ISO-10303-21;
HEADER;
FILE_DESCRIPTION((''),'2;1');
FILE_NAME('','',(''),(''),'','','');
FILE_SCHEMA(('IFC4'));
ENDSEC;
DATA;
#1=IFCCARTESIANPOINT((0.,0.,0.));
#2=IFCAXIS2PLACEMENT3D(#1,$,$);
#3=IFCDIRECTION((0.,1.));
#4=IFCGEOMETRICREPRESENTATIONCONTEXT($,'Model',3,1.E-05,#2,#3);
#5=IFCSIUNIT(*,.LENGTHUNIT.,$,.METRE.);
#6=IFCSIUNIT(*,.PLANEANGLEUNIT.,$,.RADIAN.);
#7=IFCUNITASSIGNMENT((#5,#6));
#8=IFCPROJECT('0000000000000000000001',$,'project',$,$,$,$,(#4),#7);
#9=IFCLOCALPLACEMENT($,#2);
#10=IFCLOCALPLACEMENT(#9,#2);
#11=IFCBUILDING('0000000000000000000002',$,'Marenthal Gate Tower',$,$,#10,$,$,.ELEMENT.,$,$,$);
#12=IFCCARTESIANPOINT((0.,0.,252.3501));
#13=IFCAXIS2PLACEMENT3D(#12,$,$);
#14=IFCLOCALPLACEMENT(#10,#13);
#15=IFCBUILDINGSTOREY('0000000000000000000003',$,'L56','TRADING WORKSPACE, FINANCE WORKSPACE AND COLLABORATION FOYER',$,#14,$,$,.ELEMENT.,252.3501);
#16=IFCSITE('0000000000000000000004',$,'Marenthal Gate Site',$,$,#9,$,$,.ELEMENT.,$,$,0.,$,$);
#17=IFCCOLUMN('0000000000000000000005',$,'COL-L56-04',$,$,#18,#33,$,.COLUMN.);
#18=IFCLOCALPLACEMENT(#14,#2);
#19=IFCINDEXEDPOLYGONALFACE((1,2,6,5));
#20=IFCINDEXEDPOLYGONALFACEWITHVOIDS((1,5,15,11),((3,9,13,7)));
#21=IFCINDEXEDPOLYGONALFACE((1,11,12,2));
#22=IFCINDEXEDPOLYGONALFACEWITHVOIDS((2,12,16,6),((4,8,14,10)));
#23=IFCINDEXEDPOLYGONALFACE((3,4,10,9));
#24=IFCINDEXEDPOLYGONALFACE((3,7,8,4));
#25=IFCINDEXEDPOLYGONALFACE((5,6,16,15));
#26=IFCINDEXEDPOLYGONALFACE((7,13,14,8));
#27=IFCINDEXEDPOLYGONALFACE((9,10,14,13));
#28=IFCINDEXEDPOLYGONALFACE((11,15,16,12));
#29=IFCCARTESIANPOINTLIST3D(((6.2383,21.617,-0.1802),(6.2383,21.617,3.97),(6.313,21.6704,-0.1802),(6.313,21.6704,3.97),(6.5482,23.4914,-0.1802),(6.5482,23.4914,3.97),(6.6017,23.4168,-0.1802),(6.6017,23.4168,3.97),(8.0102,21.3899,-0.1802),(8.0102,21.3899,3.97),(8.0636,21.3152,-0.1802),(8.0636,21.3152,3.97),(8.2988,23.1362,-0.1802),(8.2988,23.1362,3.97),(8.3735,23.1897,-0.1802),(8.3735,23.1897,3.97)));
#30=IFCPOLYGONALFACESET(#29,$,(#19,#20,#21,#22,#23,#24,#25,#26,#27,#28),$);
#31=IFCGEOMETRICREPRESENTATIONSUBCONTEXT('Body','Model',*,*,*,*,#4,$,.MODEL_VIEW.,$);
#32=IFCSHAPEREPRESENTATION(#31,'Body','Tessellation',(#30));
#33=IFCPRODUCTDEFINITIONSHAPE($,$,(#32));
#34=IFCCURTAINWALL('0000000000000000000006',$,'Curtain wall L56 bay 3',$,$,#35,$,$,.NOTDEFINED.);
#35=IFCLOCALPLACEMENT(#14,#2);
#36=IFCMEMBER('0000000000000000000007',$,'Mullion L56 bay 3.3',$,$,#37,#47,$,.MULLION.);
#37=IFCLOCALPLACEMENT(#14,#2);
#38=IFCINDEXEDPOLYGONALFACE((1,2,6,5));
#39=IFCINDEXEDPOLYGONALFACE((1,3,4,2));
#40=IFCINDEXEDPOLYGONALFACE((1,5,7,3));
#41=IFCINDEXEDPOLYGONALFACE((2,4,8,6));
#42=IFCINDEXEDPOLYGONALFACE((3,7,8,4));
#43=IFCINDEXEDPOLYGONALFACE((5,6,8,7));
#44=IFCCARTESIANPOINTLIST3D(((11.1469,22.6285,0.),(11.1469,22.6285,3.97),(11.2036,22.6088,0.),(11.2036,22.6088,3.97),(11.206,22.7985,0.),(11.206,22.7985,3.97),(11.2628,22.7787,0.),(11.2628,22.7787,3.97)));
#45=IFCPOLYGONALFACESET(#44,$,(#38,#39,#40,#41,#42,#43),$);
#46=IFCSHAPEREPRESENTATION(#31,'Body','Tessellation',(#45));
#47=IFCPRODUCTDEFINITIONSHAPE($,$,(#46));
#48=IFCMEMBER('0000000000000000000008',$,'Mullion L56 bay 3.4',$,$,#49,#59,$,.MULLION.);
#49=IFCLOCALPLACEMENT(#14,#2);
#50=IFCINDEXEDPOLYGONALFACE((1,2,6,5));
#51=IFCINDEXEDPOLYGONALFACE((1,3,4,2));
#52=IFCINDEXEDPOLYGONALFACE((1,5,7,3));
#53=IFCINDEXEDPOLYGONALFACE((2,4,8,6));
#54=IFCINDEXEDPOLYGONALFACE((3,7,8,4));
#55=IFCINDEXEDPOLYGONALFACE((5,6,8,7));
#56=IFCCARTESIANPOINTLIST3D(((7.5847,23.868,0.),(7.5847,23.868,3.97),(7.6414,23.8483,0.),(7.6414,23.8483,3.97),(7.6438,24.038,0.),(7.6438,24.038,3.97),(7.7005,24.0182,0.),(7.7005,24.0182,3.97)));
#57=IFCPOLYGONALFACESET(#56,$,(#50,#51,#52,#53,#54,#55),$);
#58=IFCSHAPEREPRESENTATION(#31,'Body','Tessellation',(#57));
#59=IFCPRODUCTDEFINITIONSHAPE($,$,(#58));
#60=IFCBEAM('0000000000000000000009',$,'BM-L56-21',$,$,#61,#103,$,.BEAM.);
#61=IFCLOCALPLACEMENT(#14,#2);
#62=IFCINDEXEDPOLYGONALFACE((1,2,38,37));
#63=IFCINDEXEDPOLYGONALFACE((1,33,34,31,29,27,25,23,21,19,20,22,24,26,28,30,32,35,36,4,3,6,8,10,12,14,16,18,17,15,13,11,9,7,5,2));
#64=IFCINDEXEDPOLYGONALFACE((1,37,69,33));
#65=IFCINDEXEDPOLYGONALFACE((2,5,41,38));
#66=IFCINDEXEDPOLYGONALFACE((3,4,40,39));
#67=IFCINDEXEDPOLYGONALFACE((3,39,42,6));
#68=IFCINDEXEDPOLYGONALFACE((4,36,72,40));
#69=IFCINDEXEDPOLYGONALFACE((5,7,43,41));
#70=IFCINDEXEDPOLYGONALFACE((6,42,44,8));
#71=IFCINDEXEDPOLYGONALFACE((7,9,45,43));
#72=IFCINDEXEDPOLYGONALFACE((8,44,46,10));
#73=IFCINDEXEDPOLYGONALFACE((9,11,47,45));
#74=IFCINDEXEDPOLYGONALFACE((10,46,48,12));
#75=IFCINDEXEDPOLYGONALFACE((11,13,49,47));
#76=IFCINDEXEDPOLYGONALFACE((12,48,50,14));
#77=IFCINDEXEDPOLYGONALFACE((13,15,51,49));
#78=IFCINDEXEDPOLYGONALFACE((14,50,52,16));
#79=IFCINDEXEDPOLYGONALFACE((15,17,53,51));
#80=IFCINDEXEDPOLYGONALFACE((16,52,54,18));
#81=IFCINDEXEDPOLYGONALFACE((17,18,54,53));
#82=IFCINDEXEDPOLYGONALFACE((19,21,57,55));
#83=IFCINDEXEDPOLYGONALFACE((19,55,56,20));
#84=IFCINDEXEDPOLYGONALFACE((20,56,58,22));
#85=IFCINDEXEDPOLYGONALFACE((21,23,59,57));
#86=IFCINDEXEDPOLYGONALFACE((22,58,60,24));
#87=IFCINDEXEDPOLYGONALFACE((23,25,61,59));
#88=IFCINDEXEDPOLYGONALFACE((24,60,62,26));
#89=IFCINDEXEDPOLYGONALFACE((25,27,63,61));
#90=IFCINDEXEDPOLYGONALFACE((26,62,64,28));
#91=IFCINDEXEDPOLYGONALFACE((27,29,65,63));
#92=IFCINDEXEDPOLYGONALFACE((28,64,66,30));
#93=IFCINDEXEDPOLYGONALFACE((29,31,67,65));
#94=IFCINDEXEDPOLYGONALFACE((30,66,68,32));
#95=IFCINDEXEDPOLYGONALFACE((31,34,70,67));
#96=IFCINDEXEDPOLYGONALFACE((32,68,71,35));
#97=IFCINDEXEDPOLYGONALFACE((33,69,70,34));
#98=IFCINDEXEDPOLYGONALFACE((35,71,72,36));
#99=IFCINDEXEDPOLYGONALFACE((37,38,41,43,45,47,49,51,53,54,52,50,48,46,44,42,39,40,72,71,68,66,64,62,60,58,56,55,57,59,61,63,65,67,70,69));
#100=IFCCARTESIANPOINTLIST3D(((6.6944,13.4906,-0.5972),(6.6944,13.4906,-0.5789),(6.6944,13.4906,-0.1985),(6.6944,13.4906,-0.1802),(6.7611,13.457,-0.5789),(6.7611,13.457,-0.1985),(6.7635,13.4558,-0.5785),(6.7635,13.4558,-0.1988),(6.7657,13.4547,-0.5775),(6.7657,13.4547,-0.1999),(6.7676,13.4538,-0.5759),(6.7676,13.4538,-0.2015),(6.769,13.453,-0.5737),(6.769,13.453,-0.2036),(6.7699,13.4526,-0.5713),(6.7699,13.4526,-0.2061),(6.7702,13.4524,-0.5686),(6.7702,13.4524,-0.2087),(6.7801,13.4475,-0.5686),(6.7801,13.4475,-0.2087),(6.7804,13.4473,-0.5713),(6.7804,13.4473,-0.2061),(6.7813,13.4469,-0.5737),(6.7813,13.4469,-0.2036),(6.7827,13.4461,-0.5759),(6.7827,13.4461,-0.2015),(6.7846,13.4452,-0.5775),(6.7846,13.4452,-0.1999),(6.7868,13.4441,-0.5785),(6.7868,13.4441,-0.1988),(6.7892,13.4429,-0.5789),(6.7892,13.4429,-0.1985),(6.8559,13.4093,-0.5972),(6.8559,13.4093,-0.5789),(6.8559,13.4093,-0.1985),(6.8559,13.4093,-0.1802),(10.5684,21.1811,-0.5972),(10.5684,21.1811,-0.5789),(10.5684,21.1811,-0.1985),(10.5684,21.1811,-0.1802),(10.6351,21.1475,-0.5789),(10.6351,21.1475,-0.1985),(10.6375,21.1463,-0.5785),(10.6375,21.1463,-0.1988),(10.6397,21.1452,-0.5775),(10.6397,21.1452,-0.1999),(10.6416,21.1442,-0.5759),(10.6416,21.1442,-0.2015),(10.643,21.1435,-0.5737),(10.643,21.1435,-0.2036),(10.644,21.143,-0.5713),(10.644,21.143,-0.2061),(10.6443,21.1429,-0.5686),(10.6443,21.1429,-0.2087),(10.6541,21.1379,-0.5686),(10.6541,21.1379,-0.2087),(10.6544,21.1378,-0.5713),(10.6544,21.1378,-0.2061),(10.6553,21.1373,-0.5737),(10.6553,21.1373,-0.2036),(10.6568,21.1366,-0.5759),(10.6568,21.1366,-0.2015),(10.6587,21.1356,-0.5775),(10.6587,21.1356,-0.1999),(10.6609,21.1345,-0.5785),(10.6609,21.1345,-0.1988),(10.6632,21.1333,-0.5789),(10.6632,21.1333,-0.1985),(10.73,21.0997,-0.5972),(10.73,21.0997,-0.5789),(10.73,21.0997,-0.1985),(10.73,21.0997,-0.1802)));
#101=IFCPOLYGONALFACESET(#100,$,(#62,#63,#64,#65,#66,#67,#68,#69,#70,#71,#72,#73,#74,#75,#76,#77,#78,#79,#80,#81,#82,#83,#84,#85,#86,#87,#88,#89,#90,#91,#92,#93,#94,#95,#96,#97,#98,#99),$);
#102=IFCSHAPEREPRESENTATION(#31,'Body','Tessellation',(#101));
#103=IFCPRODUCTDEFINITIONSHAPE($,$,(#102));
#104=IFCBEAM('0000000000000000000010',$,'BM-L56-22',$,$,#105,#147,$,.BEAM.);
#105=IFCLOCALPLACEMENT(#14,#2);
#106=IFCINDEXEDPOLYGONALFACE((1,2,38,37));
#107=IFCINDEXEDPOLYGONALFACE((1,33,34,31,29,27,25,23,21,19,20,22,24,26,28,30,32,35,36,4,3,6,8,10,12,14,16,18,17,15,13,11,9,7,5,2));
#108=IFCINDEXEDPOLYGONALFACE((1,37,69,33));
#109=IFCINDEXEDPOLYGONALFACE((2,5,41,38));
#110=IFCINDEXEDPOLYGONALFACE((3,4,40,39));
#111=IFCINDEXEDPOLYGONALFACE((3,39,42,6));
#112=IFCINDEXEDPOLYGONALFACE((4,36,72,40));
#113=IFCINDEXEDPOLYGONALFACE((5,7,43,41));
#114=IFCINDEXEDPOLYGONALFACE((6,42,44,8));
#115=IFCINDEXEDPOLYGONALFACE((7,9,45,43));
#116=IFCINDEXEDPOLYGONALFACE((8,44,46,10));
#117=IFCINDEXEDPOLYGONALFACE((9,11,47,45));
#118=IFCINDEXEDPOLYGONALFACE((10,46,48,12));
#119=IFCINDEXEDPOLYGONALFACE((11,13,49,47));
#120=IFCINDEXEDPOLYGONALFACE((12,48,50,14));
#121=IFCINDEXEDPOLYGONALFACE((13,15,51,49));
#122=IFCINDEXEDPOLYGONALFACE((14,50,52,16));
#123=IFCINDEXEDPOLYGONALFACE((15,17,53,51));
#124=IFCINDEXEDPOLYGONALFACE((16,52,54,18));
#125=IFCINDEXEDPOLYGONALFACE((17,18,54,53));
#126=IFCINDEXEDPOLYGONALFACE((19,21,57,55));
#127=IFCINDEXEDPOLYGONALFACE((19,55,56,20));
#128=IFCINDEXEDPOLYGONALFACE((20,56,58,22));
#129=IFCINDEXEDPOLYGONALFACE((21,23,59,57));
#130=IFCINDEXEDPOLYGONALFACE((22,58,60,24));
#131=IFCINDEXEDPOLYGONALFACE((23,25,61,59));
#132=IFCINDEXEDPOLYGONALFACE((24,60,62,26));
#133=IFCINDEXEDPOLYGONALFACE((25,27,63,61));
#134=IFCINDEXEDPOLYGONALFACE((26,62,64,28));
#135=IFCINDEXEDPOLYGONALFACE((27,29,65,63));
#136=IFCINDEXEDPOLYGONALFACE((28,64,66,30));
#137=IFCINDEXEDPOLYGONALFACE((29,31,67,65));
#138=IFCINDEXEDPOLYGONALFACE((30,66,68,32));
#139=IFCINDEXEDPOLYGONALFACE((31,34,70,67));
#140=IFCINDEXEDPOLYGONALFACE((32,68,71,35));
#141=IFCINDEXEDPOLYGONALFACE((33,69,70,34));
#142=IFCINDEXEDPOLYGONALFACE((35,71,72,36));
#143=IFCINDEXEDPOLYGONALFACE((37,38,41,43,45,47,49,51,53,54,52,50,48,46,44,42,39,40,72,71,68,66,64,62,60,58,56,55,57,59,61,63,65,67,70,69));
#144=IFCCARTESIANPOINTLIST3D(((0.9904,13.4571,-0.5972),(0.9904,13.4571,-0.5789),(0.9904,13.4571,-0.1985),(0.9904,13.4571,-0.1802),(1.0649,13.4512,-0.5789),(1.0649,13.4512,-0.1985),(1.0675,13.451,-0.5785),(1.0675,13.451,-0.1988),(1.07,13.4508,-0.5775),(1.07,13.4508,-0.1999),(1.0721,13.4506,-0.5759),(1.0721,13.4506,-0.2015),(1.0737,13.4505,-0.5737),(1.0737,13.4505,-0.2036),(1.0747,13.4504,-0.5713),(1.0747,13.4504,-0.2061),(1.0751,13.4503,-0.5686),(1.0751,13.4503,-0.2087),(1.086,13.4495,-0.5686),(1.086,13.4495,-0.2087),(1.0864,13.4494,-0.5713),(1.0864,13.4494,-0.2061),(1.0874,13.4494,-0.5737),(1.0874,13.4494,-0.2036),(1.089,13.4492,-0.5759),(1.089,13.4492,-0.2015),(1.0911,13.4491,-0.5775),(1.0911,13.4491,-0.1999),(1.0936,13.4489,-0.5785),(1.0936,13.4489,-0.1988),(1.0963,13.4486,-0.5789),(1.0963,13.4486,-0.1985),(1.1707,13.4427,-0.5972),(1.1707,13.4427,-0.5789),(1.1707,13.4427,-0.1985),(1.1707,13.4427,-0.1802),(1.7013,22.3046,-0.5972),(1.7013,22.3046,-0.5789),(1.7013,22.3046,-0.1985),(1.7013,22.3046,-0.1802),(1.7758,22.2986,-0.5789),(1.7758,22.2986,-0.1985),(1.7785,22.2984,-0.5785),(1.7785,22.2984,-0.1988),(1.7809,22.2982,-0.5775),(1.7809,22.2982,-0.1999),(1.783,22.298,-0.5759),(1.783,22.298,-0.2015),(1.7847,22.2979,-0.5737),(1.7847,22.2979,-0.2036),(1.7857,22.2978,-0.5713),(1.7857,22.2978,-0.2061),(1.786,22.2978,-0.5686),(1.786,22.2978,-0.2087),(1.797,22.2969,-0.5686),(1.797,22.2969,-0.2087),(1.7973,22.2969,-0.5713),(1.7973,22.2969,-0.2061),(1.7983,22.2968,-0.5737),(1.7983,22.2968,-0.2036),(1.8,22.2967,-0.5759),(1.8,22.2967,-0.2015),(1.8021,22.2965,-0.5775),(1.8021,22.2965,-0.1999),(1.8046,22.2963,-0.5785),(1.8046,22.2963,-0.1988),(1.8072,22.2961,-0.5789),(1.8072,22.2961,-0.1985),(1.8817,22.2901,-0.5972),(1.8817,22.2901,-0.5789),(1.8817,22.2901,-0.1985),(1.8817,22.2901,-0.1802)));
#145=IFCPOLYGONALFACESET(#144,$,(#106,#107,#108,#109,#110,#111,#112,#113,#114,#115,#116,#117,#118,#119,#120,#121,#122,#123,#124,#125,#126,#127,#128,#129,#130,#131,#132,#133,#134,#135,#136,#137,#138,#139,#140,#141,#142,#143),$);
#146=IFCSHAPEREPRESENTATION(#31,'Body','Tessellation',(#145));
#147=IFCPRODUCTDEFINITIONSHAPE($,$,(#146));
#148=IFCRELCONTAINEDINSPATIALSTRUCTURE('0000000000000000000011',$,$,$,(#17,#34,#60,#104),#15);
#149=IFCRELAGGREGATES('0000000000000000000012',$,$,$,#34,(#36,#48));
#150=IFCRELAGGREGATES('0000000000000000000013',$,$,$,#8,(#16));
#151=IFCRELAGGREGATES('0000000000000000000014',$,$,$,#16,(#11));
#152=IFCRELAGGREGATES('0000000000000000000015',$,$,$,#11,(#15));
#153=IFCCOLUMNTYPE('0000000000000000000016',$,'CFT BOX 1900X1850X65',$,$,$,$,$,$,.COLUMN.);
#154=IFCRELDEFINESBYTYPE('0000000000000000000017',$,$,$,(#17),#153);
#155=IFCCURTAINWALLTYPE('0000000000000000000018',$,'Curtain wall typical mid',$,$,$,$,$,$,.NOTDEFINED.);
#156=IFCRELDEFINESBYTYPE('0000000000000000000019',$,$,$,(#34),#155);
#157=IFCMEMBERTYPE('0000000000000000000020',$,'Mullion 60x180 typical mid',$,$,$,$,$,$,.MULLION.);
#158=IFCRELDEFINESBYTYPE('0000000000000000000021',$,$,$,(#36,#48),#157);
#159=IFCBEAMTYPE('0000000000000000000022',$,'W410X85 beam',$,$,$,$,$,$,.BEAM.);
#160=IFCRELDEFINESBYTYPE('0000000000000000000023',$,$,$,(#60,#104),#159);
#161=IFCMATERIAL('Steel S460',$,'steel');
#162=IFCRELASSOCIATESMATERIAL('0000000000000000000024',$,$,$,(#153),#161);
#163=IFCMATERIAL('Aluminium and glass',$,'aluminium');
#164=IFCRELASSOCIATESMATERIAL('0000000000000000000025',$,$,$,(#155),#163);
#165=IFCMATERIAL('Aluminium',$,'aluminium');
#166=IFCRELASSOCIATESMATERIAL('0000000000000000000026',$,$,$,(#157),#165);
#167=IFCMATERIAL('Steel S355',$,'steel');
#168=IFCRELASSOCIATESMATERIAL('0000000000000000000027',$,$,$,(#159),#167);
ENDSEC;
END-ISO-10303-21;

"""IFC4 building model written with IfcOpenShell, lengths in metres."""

from ifc_helpers import new_model, si_unit, direction, frame, origin, origin_2d, place, context, subcontext, project, spatial, rectangle, hollow_rectangle, i_section, extrude, material, material_profile, profile_set, type_object, element, aggregate, save


model = new_model("IFC4")

# Units and contexts
model_context = context("Model", 3, precision=1e-05, world=origin(), true_north=direction((0.0, 1.0)))
body_context = subcontext(model_context, "Body", "Model", "MODEL_VIEW")
ifc_project = project(units=[si_unit("LENGTHUNIT", "METRE"), si_unit("PLANEANGLEUNIT", "RADIAN")], contexts=[model_context])

# Site, building, storey
site_placement = place(None, origin())
site = spatial("IfcSite", under=ifc_project, at=site_placement, Name="Marenthal Gate Site", CompositionType="ELEMENT", RefElevation=0.0)
building_placement = place(site_placement, origin())
building = spatial("IfcBuilding", under=site, at=building_placement, Name="Marenthal Gate Tower", CompositionType="ELEMENT")
storey_placement = place(building_placement, frame((0.0, 0.0, 252.3501)))
storey = spatial("IfcBuildingStorey", under=building, at=storey_placement, Name="L56", Description="TRADING WORKSPACE, FINANCE WORKSPACE AND COLLABORATION FOYER", CompositionType="ELEMENT", Elevation=252.3501)

# Column
ifc_material_1 = material(Name="Steel S460", Category="steel")
ifc_material_profile_1 = material_profile(ifc_material_1, hollow_rectangle(XDim=1.8501, YDim=1.8999, WallThickness=0.0649, at=origin_2d()), Name="CFT BOX 1900X1850X65")
ifc_material_2 = material(Name="Concrete 70 MPa", Category="concrete")
ifc_material_profile_2 = material_profile(ifc_material_2, rectangle(XDim=1.72, YDim=1.77, at=origin_2d()), Name="CFT BOX 1900X1850X65 INFILL")
ifc_profile_set_1 = profile_set([ifc_material_profile_1, ifc_material_profile_2], Name="Steel S460 shell, Concrete 70 MPa infill")
column_type = type_object("IfcColumnType", Name="CFT BOX 1900X1850X65", PredefinedType="COLUMN", material=ifc_profile_set_1)
column_placement = place(storey_placement, frame((7.3059, 22.4033, -0.1802), z_axis=(0.0, 0.0, 1.0), x_axis=(0.986611, -0.163088, 0.0)))
element("IfcColumn", 1, at=column_placement, inside=storey, type_object=column_type, Name="COL-L56-04", PredefinedType="COLUMN", context=body_context, shape_type="SweptSolid", body=[
    extrude(hollow_rectangle(XDim=1.8501, YDim=1.8999, WallThickness=0.0649, at=origin_2d()), origin(), (0.0, 0.0, 1.0), 4.1501),
])

# Curtain wall, members
ifc_material_3 = material(Name="Aluminium and glass", Category="aluminium")
curtain_wall_type = type_object("IfcCurtainWallType", Name="Curtain wall typical mid", PredefinedType="NOTDEFINED", material=ifc_material_3)
curtain_wall_placement = place(storey_placement, origin())
curtain_wall = element("IfcCurtainWall", 2, at=curtain_wall_placement, inside=storey, type_object=curtain_wall_type, Name="Curtain wall L56 bay 3", PredefinedType="NOTDEFINED")
ifc_material_4 = material(Name="Aluminium", Category="aluminium")
ifc_material_profile_3 = material_profile(ifc_material_4, rectangle(XDim=0.1799, YDim=0.0601, at=origin_2d()), Name="60x180 aluminium mullion")
ifc_profile_set_2 = profile_set([ifc_material_profile_3], Name="Aluminium")
member_type = type_object("IfcMemberType", Name="Mullion 60x180 typical mid", PredefinedType="MULLION", material=ifc_profile_set_2)
member_1_placement = place(storey_placement, frame((11.2048, 22.7036, 0.0), z_axis=(0.0, 0.0, 1.0), x_axis=(-0.328612, -0.944465, 0.0)))
member_1 = element("IfcMember", 3, at=member_1_placement, type_object=member_type, Name="Mullion L56 bay 3.3", PredefinedType="MULLION", context=body_context, shape_type="SweptSolid", body=[
    extrude(rectangle(XDim=0.1799, YDim=0.0601, at=origin_2d()), origin(), (0.0, 0.0, 1.0), 3.97),
])
member_2_placement = place(storey_placement, frame((7.6426, 23.9431, 0.0), z_axis=(0.0, 0.0, 1.0), x_axis=(-0.328612, -0.944465, 0.0)))
member_2 = element("IfcMember", 4, at=member_2_placement, type_object=member_type, Name="Mullion L56 bay 3.4", PredefinedType="MULLION", context=body_context, shape_type="SweptSolid", body=[
    extrude(rectangle(XDim=0.1799, YDim=0.0601, at=origin_2d()), origin(), (0.0, 0.0, 1.0), 3.97),
])

# Beams
ifc_material_5 = material(Name="Steel S355", Category="steel")
ifc_material_profile_4 = material_profile(ifc_material_5, i_section(OverallWidth=0.1809, OverallDepth=0.417, WebThickness=0.011, FlangeThickness=0.0183, FilletRadius=0.0103, at=origin_2d()), Name="W410X85")
ifc_profile_set_3 = profile_set([ifc_material_profile_4], Name="Steel S355")
beam_type_1 = type_object("IfcBeamType", Name="W410X85 beam", PredefinedType="BEAM", material=ifc_profile_set_3)
beam_1_placement = place(storey_placement, frame((10.6492, 21.1404, -0.3887), z_axis=(-0.449888, -0.893085, 0.0), x_axis=(0.893085, -0.449888, 0.0)))
element("IfcBeam", 5, at=beam_1_placement, inside=storey, type_object=beam_type_1, Name="BM-L56-21", PredefinedType="BEAM", context=body_context, shape_type="SweptSolid", body=[
    extrude(i_section(OverallWidth=0.1809, OverallDepth=0.417, WebThickness=0.011, FlangeThickness=0.0183, FilletRadius=0.0103, at=origin_2d()), origin(), (0.0, 0.0, 1.0), 8.6111),
])
beam_2_placement = place(storey_placement, frame((1.7915, 22.2974, -0.3887), z_axis=(-0.080097, -0.996787, 0.0), x_axis=(0.996787, -0.080097, 0.0)))
element("IfcBeam", 6, at=beam_2_placement, inside=storey, type_object=beam_type_1, Name="BM-L56-22", PredefinedType="BEAM", context=body_context, shape_type="SweptSolid", body=[
    extrude(i_section(OverallWidth=0.1809, OverallDepth=0.417, WebThickness=0.011, FlangeThickness=0.0183, FilletRadius=0.0103, at=origin_2d()), origin(), (0.0, 0.0, 1.0), 8.876),
])

aggregate(curtain_wall, [member_1, member_2])

save(model, "model.ifc")
